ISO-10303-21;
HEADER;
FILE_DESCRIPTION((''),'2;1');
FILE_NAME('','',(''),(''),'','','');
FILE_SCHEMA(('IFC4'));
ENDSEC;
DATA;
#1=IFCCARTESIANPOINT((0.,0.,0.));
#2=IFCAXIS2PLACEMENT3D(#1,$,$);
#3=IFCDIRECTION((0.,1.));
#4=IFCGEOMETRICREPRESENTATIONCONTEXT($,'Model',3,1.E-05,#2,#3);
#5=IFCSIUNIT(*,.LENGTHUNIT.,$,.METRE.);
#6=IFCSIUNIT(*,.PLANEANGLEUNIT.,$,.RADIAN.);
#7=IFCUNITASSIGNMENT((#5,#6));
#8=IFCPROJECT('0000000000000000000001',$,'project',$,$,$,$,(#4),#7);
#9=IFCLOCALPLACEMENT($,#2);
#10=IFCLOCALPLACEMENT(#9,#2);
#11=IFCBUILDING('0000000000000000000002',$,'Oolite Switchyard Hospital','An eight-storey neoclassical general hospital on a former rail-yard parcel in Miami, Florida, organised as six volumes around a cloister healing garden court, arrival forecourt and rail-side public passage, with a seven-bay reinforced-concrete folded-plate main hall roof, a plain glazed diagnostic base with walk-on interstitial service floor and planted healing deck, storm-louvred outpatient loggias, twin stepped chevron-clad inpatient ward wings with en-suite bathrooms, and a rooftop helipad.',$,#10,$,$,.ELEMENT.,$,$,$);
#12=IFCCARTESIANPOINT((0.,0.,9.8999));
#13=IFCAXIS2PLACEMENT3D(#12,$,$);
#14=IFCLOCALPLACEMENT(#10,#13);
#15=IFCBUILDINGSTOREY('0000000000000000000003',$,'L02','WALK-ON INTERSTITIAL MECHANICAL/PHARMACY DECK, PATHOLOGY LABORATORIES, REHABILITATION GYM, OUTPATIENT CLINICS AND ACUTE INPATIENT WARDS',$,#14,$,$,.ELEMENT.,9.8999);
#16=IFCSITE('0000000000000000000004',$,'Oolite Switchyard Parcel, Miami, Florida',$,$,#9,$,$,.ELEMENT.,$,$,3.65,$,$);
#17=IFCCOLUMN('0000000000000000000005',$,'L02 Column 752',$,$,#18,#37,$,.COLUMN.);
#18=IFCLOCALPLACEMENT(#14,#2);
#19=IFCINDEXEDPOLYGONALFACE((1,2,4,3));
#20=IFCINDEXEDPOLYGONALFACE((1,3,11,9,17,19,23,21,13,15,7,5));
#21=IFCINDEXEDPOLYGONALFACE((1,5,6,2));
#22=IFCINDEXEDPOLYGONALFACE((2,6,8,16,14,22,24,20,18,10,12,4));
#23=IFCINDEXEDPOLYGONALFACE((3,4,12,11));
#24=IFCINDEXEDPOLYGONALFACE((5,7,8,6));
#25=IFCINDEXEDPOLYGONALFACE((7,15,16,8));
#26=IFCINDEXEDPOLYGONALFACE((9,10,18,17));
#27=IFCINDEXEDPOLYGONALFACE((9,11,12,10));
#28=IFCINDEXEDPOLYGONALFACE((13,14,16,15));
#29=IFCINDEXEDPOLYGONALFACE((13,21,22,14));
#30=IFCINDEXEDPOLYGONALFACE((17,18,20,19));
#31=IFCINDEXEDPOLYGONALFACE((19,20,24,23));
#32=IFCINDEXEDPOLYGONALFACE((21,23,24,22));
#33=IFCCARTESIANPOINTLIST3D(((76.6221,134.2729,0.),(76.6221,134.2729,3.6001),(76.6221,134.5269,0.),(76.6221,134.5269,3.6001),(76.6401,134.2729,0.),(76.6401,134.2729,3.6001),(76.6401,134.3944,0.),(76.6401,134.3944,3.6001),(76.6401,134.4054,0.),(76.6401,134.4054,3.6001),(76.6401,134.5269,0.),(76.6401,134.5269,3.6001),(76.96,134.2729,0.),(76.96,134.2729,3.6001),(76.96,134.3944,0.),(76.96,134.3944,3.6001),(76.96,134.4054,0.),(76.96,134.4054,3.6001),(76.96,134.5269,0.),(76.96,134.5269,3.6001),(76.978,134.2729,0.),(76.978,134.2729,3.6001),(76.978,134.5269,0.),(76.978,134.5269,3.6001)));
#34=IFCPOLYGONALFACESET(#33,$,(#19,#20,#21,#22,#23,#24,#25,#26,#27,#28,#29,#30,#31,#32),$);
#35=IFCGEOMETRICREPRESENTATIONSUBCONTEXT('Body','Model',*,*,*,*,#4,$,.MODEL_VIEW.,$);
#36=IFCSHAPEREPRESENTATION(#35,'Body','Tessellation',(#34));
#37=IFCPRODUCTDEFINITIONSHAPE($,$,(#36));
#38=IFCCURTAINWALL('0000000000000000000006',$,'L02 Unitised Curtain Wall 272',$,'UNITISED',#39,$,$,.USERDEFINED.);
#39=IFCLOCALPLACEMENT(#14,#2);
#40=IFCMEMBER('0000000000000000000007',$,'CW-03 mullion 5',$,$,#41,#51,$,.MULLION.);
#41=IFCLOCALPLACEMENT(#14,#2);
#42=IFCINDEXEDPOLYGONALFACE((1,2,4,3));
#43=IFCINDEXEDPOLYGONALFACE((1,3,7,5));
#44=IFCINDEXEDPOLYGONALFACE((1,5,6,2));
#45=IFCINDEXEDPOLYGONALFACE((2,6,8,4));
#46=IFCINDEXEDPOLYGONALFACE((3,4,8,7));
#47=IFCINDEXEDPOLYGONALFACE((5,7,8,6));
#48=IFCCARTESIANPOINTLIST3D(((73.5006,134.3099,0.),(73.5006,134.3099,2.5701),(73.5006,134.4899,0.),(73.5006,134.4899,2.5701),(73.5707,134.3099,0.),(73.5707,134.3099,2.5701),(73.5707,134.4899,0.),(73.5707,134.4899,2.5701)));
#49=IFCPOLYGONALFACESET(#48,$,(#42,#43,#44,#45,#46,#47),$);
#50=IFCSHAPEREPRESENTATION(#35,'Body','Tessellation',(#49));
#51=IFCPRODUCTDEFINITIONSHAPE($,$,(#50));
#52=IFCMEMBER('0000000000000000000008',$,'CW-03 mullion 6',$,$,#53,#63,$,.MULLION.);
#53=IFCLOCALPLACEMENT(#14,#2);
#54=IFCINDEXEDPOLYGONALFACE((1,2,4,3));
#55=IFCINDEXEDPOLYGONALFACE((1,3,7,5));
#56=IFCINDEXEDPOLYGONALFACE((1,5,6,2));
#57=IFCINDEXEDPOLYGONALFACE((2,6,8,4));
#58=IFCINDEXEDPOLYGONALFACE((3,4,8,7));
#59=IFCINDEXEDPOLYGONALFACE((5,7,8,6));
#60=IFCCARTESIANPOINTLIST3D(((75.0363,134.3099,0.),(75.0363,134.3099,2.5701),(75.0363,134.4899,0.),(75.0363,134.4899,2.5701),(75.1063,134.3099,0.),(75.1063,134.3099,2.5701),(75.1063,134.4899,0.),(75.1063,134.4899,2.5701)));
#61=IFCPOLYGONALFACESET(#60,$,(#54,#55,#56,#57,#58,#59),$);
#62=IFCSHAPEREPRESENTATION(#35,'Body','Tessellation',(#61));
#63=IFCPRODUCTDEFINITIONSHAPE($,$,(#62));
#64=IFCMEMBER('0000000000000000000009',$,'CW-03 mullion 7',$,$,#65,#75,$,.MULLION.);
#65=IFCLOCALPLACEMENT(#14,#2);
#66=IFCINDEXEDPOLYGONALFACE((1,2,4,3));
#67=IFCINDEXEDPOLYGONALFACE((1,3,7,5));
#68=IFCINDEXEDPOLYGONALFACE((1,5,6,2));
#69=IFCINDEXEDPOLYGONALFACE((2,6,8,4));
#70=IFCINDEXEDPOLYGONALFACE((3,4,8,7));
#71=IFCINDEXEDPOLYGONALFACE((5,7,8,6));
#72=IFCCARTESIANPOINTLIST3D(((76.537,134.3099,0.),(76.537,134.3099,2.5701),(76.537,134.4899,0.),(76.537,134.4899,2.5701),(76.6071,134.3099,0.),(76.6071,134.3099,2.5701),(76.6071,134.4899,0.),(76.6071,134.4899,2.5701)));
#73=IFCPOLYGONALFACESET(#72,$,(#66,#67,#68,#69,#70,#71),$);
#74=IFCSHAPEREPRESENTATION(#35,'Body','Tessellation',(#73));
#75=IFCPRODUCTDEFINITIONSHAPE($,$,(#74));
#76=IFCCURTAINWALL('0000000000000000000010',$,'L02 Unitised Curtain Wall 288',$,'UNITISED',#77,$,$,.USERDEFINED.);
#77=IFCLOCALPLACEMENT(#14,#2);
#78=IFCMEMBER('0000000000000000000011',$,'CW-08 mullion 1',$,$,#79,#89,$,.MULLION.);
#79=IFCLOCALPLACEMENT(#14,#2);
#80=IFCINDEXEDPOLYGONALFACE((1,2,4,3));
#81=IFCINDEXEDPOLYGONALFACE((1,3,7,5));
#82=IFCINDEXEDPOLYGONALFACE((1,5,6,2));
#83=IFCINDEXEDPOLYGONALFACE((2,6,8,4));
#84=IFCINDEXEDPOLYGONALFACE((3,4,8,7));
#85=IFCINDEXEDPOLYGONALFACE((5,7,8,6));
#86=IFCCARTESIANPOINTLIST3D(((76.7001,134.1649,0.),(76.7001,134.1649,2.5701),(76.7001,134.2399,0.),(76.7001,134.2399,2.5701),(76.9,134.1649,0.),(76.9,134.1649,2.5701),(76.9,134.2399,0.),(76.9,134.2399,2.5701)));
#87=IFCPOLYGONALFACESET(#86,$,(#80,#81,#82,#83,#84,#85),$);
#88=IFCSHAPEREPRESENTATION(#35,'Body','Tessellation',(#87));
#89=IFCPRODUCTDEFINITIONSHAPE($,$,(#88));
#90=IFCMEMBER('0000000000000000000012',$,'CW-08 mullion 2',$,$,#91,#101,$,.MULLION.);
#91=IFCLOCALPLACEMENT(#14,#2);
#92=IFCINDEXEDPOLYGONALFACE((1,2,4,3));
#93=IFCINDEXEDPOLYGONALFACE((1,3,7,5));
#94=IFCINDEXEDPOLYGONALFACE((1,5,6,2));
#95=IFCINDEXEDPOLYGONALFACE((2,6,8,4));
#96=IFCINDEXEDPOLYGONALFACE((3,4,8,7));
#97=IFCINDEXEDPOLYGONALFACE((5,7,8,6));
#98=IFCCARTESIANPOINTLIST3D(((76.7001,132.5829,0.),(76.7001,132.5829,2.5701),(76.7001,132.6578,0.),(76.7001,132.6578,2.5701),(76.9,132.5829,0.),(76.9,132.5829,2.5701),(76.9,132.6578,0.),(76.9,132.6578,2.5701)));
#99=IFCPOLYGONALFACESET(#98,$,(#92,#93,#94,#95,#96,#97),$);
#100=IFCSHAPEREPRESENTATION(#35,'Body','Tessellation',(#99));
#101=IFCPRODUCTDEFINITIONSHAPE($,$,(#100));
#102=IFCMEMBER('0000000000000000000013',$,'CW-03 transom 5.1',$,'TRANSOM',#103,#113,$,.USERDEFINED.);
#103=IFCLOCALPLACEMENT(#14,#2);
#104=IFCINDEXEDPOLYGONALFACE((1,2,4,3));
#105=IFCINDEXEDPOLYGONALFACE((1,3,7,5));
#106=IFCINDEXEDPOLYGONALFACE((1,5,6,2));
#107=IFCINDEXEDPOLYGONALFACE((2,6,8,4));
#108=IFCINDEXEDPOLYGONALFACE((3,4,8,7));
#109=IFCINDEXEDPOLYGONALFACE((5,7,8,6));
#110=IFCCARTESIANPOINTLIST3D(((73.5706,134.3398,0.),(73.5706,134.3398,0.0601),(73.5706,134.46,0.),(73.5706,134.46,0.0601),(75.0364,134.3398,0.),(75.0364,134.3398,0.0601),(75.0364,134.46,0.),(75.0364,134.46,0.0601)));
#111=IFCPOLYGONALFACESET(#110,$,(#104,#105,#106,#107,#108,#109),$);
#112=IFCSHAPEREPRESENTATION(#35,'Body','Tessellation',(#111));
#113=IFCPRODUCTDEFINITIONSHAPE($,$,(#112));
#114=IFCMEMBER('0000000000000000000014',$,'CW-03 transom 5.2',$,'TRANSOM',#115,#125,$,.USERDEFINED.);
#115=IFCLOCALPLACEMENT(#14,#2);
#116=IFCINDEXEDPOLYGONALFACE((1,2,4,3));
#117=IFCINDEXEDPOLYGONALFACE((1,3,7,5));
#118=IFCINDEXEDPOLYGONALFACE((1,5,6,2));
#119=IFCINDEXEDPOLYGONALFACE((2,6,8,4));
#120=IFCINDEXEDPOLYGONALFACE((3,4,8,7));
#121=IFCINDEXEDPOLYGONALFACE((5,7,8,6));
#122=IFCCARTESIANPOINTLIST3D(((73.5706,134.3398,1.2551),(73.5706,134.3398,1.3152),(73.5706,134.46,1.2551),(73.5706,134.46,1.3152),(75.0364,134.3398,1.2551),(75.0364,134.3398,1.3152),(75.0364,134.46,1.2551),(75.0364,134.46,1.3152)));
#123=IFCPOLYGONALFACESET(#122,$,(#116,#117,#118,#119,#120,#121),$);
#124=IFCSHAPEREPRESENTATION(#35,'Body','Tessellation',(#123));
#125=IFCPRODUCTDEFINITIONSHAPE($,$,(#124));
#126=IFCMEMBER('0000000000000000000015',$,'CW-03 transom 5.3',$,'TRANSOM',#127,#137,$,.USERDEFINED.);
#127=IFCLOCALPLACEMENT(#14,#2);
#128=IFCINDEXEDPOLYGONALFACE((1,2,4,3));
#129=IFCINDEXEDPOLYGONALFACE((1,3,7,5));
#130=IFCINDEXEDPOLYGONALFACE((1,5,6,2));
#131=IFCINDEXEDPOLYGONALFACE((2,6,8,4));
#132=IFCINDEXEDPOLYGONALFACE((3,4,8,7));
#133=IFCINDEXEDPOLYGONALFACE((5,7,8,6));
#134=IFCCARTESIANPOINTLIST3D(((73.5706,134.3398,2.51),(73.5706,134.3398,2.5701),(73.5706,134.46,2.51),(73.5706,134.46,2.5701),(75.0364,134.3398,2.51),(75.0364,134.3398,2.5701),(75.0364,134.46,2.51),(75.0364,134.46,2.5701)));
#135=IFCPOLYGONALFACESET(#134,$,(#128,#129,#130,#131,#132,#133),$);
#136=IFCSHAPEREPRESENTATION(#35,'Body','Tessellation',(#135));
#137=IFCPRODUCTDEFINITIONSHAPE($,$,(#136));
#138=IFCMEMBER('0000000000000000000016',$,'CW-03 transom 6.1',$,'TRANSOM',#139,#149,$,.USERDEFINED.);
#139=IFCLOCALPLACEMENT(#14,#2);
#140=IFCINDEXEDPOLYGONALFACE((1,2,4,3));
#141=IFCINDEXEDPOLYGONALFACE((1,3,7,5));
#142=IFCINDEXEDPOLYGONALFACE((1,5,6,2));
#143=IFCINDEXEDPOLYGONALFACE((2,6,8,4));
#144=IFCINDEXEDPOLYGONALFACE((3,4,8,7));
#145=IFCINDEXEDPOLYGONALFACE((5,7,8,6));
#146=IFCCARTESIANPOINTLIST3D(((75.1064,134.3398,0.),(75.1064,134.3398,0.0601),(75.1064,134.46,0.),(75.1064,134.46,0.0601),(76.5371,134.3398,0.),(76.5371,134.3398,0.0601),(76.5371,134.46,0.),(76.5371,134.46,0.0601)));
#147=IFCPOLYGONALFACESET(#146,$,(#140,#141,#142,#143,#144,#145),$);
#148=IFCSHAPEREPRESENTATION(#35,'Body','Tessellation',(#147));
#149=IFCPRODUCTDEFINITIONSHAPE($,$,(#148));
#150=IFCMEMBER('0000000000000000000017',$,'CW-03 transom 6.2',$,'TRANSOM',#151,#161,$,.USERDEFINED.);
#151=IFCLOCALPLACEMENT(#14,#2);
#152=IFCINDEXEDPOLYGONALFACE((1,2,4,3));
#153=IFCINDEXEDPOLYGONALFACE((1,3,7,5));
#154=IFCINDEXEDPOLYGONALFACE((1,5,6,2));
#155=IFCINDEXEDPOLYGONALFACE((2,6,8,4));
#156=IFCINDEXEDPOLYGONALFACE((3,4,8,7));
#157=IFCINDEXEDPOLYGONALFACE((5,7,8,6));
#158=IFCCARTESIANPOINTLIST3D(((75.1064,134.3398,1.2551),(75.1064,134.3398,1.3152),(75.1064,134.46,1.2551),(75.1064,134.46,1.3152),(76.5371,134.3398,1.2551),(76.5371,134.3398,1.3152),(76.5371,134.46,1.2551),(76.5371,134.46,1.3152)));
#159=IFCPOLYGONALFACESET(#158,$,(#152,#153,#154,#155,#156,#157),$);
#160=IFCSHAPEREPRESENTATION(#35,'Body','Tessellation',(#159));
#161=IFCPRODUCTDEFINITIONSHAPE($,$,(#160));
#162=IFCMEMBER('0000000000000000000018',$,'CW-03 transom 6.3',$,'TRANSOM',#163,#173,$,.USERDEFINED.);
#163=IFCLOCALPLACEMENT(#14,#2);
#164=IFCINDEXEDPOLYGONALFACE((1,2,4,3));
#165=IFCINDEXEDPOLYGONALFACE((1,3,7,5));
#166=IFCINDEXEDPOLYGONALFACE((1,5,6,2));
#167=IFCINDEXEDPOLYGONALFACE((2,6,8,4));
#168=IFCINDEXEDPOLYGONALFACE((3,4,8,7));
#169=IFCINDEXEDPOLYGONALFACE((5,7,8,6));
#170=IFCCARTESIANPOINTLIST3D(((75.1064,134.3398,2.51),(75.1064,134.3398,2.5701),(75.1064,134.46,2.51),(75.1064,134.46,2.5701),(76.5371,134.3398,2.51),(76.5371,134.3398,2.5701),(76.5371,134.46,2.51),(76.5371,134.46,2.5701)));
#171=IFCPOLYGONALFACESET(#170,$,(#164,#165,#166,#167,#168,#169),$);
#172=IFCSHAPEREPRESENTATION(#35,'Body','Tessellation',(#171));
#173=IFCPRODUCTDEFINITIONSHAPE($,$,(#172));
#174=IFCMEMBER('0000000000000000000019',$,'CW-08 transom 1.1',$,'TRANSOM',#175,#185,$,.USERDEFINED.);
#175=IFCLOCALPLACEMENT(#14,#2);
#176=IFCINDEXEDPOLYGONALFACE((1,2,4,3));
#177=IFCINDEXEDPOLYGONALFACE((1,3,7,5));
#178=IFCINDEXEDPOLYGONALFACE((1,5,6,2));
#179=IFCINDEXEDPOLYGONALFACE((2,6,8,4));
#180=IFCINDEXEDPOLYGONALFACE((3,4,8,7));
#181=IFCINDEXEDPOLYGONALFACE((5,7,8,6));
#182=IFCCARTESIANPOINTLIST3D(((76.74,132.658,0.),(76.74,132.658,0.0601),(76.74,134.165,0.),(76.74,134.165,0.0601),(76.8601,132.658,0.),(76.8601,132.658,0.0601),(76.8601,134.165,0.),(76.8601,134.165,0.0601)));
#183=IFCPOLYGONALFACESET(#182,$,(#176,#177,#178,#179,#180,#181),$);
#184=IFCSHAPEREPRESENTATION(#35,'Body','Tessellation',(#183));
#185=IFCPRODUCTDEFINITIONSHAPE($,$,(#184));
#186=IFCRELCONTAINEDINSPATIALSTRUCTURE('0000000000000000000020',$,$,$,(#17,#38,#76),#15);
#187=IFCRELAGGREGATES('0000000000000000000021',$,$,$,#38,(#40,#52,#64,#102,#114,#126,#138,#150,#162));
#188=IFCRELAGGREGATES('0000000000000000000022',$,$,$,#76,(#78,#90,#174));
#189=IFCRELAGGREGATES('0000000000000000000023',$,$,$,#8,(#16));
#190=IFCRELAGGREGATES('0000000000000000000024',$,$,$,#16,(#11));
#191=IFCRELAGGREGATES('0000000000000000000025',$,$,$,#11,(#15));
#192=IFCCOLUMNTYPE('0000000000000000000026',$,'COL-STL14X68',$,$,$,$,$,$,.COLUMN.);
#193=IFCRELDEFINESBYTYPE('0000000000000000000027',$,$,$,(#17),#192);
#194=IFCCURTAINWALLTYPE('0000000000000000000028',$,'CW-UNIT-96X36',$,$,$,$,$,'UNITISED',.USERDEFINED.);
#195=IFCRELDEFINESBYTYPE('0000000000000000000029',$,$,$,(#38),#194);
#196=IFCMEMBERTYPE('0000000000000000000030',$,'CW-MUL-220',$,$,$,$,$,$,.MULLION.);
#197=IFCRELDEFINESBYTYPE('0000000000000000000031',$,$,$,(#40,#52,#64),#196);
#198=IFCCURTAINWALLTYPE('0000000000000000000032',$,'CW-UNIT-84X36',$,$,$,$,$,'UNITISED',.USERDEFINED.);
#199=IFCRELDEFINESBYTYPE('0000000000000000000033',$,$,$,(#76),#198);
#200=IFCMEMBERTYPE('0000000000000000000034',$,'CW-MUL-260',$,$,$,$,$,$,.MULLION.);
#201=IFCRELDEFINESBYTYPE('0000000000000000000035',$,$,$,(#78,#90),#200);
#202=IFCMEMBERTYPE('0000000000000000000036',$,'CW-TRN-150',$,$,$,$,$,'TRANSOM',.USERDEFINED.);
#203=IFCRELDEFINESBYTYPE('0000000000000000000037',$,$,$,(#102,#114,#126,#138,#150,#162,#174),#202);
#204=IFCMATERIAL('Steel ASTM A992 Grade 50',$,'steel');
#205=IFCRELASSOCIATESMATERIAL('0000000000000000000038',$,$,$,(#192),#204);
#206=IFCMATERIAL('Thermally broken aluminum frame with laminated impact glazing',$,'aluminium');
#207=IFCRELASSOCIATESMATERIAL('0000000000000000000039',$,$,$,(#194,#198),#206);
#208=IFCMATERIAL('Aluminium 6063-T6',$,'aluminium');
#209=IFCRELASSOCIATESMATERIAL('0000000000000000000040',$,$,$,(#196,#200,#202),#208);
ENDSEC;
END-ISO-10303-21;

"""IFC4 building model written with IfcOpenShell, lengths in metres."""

from ifc_helpers import new_model, si_unit, direction, frame, origin, origin_2d, place, context, subcontext, project, spatial, rectangle, i_section, extrude, material, material_profile, profile_set, type_object, element, aggregate, save


model = new_model("IFC4")

# Units and contexts
model_context = context("Model", 3, precision=1e-05, world=origin(), true_north=direction((0.0, 1.0)))
body_context = subcontext(model_context, "Body", "Model", "MODEL_VIEW")
ifc_project = project(units=[si_unit("LENGTHUNIT", "METRE"), si_unit("PLANEANGLEUNIT", "RADIAN")], contexts=[model_context])

# Site, building, storey
site_placement = place(None, origin())
site = spatial("IfcSite", under=ifc_project, at=site_placement, Name="Oolite Switchyard Parcel, Miami, Florida", CompositionType="ELEMENT", RefElevation=3.65)
building_placement = place(site_placement, origin())
building = spatial("IfcBuilding", under=site, at=building_placement, Name="Oolite Switchyard Hospital", Description="An eight-storey neoclassical general hospital on a former rail-yard parcel in Miami, Florida, organised as six volumes around a cloister healing garden court, arrival forecourt and rail-side public passage, with a seven-bay reinforced-concrete folded-plate main hall roof, a plain glazed diagnostic base with walk-on interstitial service floor and planted healing deck, storm-louvred outpatient loggias, twin stepped chevron-clad inpatient ward wings with en-suite bathrooms, and a rooftop helipad.", CompositionType="ELEMENT")
storey_placement = place(building_placement, frame((0.0, 0.0, 9.8999)))
storey = spatial("IfcBuildingStorey", under=building, at=storey_placement, Name="L02", Description="WALK-ON INTERSTITIAL MECHANICAL/PHARMACY DECK, PATHOLOGY LABORATORIES, REHABILITATION GYM, OUTPATIENT CLINICS AND ACUTE INPATIENT WARDS", CompositionType="ELEMENT", Elevation=9.8999)

# Column
ifc_material_1 = material(Name="Steel ASTM A992 Grade 50", Category="steel")
ifc_material_profile_1 = material_profile(ifc_material_1, i_section(OverallWidth=0.2539, OverallDepth=0.356, WebThickness=0.011, FlangeThickness=0.0181, at=origin_2d()), Name="W14X68")
ifc_profile_set_1 = profile_set([ifc_material_profile_1], Name="Steel ASTM A992 Grade 50")
column_type = type_object("IfcColumnType", Name="COL-STL14X68", PredefinedType="COLUMN", material=ifc_profile_set_1)
column_placement = place(storey_placement, frame((76.8, 134.3999, 0.0), z_axis=(0.0, 0.0, 1.0), x_axis=(0.0, -1.0, 0.0)))
element("IfcColumn", 1, at=column_placement, inside=storey, type_object=column_type, Name="L02 Column 752", PredefinedType="COLUMN", context=body_context, shape_type="SweptSolid", body=[
    extrude(i_section(OverallWidth=0.2539, OverallDepth=0.356, WebThickness=0.011, FlangeThickness=0.0181, at=origin_2d()), origin(), (0.0, 0.0, 1.0), 3.6001),
])

# Curtain walls, members
ifc_material_2 = material(Name="Thermally broken aluminum frame with laminated impact glazing", Category="aluminium")
curtain_wall_type_1 = type_object("IfcCurtainWallType", Name="CW-UNIT-96X36", ElementType="UNITISED", PredefinedType="USERDEFINED", material=ifc_material_2)
curtain_wall_1_placement = place(storey_placement, origin())
curtain_wall_1 = element("IfcCurtainWall", 2, at=curtain_wall_1_placement, inside=storey, type_object=curtain_wall_type_1, Name="L02 Unitised Curtain Wall 272", ObjectType="UNITISED", PredefinedType="USERDEFINED")
ifc_material_3 = material(Name="Aluminium 6063-T6", Category="aluminium")
ifc_material_profile_2 = material_profile(ifc_material_3, rectangle(XDim=0.1799, YDim=0.0701, at=origin_2d()), Name="CWM70X180")
ifc_profile_set_2 = profile_set([ifc_material_profile_2], Name="Aluminium 6063-T6")
member_type_1 = type_object("IfcMemberType", Name="CW-MUL-220", PredefinedType="MULLION", material=ifc_profile_set_2)
member_1_placement = place(storey_placement, frame((73.5356, 134.3999, 0.0), z_axis=(0.0, 0.0, 1.0), x_axis=(0.0, 1.0, 0.0)))
member_1 = element("IfcMember", 3, at=member_1_placement, type_object=member_type_1, Name="CW-03 mullion 5", PredefinedType="MULLION", context=body_context, shape_type="SweptSolid", body=[
    extrude(rectangle(XDim=0.1799, YDim=0.0701, at=origin_2d()), origin(), (0.0, 0.0, 1.0), 2.5701),
])
member_2_placement = place(storey_placement, frame((75.0713, 134.3999, 0.0), z_axis=(0.0, 0.0, 1.0), x_axis=(0.0, 1.0, 0.0)))
member_2 = element("IfcMember", 4, at=member_2_placement, type_object=member_type_1, Name="CW-03 mullion 6", PredefinedType="MULLION", context=body_context, shape_type="SweptSolid", body=[
    extrude(rectangle(XDim=0.1799, YDim=0.0701, at=origin_2d()), origin(), (0.0, 0.0, 1.0), 2.5701),
])
member_3_placement = place(storey_placement, frame((76.572, 134.3999, 0.0), z_axis=(0.0, 0.0, 1.0), x_axis=(0.0, 1.0, 0.0)))
member_3 = element("IfcMember", 5, at=member_3_placement, type_object=member_type_1, Name="CW-03 mullion 7", PredefinedType="MULLION", context=body_context, shape_type="SweptSolid", body=[
    extrude(rectangle(XDim=0.1799, YDim=0.0701, at=origin_2d()), origin(), (0.0, 0.0, 1.0), 2.5701),
])
curtain_wall_type_2 = type_object("IfcCurtainWallType", Name="CW-UNIT-84X36", ElementType="UNITISED", PredefinedType="USERDEFINED", material=ifc_material_2)
curtain_wall_2_placement = place(storey_placement, origin())
curtain_wall_2 = element("IfcCurtainWall", 6, at=curtain_wall_2_placement, inside=storey, type_object=curtain_wall_type_2, Name="L02 Unitised Curtain Wall 288", ObjectType="UNITISED", PredefinedType="USERDEFINED")
ifc_material_profile_3 = material_profile(ifc_material_3, rectangle(XDim=0.2, YDim=0.075, at=origin_2d()), Name="CWM75X200")
ifc_profile_set_3 = profile_set([ifc_material_profile_3], Name="Aluminium 6063-T6")
member_type_2 = type_object("IfcMemberType", Name="CW-MUL-260", PredefinedType="MULLION", material=ifc_profile_set_3)
member_4_placement = place(storey_placement, frame((76.8, 134.2024, 0.0), z_axis=(0.0, 0.0, 1.0), x_axis=(1.0, 0.0, 0.0)))
member_4 = element("IfcMember", 7, at=member_4_placement, type_object=member_type_2, Name="CW-08 mullion 1", PredefinedType="MULLION", context=body_context, shape_type="SweptSolid", body=[
    extrude(rectangle(XDim=0.2, YDim=0.075, at=origin_2d()), origin(), (0.0, 0.0, 1.0), 2.5701),
])
member_5_placement = place(storey_placement, frame((76.8, 132.6204, 0.0), z_axis=(0.0, 0.0, 1.0), x_axis=(1.0, 0.0, 0.0)))
member_5 = element("IfcMember", 8, at=member_5_placement, type_object=member_type_2, Name="CW-08 mullion 2", PredefinedType="MULLION", context=body_context, shape_type="SweptSolid", body=[
    extrude(rectangle(XDim=0.2, YDim=0.075, at=origin_2d()), origin(), (0.0, 0.0, 1.0), 2.5701),
])

# Members
ifc_material_profile_4 = material_profile(ifc_material_3, rectangle(XDim=0.1201, YDim=0.0601, at=origin_2d()), Name="CWT60X120")
ifc_profile_set_4 = profile_set([ifc_material_profile_4], Name="Aluminium 6063-T6")
member_type_3 = type_object("IfcMemberType", Name="CW-TRN-150", ElementType="TRANSOM", PredefinedType="USERDEFINED", material=ifc_profile_set_4)
member_6_placement = place(storey_placement, frame((73.5706, 134.3999, 0.03), z_axis=(1.0, 0.0, 0.0), x_axis=(0.0, 1.0, 0.0)))
member_6 = element("IfcMember", 9, at=member_6_placement, type_object=member_type_3, Name="CW-03 transom 5.1", ObjectType="TRANSOM", PredefinedType="USERDEFINED", context=body_context, shape_type="SweptSolid", body=[
    extrude(rectangle(XDim=0.1201, YDim=0.0601, at=origin_2d()), origin(), (0.0, 0.0, 1.0), 1.4658),
])
member_7_placement = place(storey_placement, frame((73.5706, 134.3999, 1.2852), z_axis=(1.0, 0.0, 0.0), x_axis=(0.0, 1.0, 0.0)))
member_7 = element("IfcMember", 10, at=member_7_placement, type_object=member_type_3, Name="CW-03 transom 5.2", ObjectType="TRANSOM", PredefinedType="USERDEFINED", context=body_context, shape_type="SweptSolid", body=[
    extrude(rectangle(XDim=0.1201, YDim=0.0601, at=origin_2d()), origin(), (0.0, 0.0, 1.0), 1.4658),
])
member_8_placement = place(storey_placement, frame((73.5706, 134.3999, 2.54), z_axis=(1.0, 0.0, 0.0), x_axis=(0.0, 1.0, 0.0)))
member_8 = element("IfcMember", 11, at=member_8_placement, type_object=member_type_3, Name="CW-03 transom 5.3", ObjectType="TRANSOM", PredefinedType="USERDEFINED", context=body_context, shape_type="SweptSolid", body=[
    extrude(rectangle(XDim=0.1201, YDim=0.0601, at=origin_2d()), origin(), (0.0, 0.0, 1.0), 1.4658),
])
member_9_placement = place(storey_placement, frame((75.1064, 134.3999, 0.03), z_axis=(1.0, 0.0, 0.0), x_axis=(0.0, 1.0, 0.0)))
member_9 = element("IfcMember", 12, at=member_9_placement, type_object=member_type_3, Name="CW-03 transom 6.1", ObjectType="TRANSOM", PredefinedType="USERDEFINED", context=body_context, shape_type="SweptSolid", body=[
    extrude(rectangle(XDim=0.1201, YDim=0.0601, at=origin_2d()), origin(), (0.0, 0.0, 1.0), 1.4307),
])
member_10_placement = place(storey_placement, frame((75.1064, 134.3999, 1.2852), z_axis=(1.0, 0.0, 0.0), x_axis=(0.0, 1.0, 0.0)))
member_10 = element("IfcMember", 13, at=member_10_placement, type_object=member_type_3, Name="CW-03 transom 6.2", ObjectType="TRANSOM", PredefinedType="USERDEFINED", context=body_context, shape_type="SweptSolid", body=[
    extrude(rectangle(XDim=0.1201, YDim=0.0601, at=origin_2d()), origin(), (0.0, 0.0, 1.0), 1.4307),
])
member_11_placement = place(storey_placement, frame((75.1064, 134.3999, 2.54), z_axis=(1.0, 0.0, 0.0), x_axis=(0.0, 1.0, 0.0)))
member_11 = element("IfcMember", 14, at=member_11_placement, type_object=member_type_3, Name="CW-03 transom 6.3", ObjectType="TRANSOM", PredefinedType="USERDEFINED", context=body_context, shape_type="SweptSolid", body=[
    extrude(rectangle(XDim=0.1201, YDim=0.0601, at=origin_2d()), origin(), (0.0, 0.0, 1.0), 1.4307),
])
member_12_placement = place(storey_placement, frame((76.8, 134.165, 0.03), z_axis=(0.0, -1.0, 0.0), x_axis=(1.0, 0.0, 0.0)))
member_12 = element("IfcMember", 15, at=member_12_placement, type_object=member_type_3, Name="CW-08 transom 1.1", ObjectType="TRANSOM", PredefinedType="USERDEFINED", context=body_context, shape_type="SweptSolid", body=[
    extrude(rectangle(XDim=0.1201, YDim=0.0601, at=origin_2d()), origin(), (0.0, 0.0, 1.0), 1.5071),
])

aggregate(curtain_wall_1, [member_1, member_2, member_3, member_6, member_7, member_8, member_9, member_10, member_11])
aggregate(curtain_wall_2, [member_4, member_5, member_12])

save(model, "model.ifc")
